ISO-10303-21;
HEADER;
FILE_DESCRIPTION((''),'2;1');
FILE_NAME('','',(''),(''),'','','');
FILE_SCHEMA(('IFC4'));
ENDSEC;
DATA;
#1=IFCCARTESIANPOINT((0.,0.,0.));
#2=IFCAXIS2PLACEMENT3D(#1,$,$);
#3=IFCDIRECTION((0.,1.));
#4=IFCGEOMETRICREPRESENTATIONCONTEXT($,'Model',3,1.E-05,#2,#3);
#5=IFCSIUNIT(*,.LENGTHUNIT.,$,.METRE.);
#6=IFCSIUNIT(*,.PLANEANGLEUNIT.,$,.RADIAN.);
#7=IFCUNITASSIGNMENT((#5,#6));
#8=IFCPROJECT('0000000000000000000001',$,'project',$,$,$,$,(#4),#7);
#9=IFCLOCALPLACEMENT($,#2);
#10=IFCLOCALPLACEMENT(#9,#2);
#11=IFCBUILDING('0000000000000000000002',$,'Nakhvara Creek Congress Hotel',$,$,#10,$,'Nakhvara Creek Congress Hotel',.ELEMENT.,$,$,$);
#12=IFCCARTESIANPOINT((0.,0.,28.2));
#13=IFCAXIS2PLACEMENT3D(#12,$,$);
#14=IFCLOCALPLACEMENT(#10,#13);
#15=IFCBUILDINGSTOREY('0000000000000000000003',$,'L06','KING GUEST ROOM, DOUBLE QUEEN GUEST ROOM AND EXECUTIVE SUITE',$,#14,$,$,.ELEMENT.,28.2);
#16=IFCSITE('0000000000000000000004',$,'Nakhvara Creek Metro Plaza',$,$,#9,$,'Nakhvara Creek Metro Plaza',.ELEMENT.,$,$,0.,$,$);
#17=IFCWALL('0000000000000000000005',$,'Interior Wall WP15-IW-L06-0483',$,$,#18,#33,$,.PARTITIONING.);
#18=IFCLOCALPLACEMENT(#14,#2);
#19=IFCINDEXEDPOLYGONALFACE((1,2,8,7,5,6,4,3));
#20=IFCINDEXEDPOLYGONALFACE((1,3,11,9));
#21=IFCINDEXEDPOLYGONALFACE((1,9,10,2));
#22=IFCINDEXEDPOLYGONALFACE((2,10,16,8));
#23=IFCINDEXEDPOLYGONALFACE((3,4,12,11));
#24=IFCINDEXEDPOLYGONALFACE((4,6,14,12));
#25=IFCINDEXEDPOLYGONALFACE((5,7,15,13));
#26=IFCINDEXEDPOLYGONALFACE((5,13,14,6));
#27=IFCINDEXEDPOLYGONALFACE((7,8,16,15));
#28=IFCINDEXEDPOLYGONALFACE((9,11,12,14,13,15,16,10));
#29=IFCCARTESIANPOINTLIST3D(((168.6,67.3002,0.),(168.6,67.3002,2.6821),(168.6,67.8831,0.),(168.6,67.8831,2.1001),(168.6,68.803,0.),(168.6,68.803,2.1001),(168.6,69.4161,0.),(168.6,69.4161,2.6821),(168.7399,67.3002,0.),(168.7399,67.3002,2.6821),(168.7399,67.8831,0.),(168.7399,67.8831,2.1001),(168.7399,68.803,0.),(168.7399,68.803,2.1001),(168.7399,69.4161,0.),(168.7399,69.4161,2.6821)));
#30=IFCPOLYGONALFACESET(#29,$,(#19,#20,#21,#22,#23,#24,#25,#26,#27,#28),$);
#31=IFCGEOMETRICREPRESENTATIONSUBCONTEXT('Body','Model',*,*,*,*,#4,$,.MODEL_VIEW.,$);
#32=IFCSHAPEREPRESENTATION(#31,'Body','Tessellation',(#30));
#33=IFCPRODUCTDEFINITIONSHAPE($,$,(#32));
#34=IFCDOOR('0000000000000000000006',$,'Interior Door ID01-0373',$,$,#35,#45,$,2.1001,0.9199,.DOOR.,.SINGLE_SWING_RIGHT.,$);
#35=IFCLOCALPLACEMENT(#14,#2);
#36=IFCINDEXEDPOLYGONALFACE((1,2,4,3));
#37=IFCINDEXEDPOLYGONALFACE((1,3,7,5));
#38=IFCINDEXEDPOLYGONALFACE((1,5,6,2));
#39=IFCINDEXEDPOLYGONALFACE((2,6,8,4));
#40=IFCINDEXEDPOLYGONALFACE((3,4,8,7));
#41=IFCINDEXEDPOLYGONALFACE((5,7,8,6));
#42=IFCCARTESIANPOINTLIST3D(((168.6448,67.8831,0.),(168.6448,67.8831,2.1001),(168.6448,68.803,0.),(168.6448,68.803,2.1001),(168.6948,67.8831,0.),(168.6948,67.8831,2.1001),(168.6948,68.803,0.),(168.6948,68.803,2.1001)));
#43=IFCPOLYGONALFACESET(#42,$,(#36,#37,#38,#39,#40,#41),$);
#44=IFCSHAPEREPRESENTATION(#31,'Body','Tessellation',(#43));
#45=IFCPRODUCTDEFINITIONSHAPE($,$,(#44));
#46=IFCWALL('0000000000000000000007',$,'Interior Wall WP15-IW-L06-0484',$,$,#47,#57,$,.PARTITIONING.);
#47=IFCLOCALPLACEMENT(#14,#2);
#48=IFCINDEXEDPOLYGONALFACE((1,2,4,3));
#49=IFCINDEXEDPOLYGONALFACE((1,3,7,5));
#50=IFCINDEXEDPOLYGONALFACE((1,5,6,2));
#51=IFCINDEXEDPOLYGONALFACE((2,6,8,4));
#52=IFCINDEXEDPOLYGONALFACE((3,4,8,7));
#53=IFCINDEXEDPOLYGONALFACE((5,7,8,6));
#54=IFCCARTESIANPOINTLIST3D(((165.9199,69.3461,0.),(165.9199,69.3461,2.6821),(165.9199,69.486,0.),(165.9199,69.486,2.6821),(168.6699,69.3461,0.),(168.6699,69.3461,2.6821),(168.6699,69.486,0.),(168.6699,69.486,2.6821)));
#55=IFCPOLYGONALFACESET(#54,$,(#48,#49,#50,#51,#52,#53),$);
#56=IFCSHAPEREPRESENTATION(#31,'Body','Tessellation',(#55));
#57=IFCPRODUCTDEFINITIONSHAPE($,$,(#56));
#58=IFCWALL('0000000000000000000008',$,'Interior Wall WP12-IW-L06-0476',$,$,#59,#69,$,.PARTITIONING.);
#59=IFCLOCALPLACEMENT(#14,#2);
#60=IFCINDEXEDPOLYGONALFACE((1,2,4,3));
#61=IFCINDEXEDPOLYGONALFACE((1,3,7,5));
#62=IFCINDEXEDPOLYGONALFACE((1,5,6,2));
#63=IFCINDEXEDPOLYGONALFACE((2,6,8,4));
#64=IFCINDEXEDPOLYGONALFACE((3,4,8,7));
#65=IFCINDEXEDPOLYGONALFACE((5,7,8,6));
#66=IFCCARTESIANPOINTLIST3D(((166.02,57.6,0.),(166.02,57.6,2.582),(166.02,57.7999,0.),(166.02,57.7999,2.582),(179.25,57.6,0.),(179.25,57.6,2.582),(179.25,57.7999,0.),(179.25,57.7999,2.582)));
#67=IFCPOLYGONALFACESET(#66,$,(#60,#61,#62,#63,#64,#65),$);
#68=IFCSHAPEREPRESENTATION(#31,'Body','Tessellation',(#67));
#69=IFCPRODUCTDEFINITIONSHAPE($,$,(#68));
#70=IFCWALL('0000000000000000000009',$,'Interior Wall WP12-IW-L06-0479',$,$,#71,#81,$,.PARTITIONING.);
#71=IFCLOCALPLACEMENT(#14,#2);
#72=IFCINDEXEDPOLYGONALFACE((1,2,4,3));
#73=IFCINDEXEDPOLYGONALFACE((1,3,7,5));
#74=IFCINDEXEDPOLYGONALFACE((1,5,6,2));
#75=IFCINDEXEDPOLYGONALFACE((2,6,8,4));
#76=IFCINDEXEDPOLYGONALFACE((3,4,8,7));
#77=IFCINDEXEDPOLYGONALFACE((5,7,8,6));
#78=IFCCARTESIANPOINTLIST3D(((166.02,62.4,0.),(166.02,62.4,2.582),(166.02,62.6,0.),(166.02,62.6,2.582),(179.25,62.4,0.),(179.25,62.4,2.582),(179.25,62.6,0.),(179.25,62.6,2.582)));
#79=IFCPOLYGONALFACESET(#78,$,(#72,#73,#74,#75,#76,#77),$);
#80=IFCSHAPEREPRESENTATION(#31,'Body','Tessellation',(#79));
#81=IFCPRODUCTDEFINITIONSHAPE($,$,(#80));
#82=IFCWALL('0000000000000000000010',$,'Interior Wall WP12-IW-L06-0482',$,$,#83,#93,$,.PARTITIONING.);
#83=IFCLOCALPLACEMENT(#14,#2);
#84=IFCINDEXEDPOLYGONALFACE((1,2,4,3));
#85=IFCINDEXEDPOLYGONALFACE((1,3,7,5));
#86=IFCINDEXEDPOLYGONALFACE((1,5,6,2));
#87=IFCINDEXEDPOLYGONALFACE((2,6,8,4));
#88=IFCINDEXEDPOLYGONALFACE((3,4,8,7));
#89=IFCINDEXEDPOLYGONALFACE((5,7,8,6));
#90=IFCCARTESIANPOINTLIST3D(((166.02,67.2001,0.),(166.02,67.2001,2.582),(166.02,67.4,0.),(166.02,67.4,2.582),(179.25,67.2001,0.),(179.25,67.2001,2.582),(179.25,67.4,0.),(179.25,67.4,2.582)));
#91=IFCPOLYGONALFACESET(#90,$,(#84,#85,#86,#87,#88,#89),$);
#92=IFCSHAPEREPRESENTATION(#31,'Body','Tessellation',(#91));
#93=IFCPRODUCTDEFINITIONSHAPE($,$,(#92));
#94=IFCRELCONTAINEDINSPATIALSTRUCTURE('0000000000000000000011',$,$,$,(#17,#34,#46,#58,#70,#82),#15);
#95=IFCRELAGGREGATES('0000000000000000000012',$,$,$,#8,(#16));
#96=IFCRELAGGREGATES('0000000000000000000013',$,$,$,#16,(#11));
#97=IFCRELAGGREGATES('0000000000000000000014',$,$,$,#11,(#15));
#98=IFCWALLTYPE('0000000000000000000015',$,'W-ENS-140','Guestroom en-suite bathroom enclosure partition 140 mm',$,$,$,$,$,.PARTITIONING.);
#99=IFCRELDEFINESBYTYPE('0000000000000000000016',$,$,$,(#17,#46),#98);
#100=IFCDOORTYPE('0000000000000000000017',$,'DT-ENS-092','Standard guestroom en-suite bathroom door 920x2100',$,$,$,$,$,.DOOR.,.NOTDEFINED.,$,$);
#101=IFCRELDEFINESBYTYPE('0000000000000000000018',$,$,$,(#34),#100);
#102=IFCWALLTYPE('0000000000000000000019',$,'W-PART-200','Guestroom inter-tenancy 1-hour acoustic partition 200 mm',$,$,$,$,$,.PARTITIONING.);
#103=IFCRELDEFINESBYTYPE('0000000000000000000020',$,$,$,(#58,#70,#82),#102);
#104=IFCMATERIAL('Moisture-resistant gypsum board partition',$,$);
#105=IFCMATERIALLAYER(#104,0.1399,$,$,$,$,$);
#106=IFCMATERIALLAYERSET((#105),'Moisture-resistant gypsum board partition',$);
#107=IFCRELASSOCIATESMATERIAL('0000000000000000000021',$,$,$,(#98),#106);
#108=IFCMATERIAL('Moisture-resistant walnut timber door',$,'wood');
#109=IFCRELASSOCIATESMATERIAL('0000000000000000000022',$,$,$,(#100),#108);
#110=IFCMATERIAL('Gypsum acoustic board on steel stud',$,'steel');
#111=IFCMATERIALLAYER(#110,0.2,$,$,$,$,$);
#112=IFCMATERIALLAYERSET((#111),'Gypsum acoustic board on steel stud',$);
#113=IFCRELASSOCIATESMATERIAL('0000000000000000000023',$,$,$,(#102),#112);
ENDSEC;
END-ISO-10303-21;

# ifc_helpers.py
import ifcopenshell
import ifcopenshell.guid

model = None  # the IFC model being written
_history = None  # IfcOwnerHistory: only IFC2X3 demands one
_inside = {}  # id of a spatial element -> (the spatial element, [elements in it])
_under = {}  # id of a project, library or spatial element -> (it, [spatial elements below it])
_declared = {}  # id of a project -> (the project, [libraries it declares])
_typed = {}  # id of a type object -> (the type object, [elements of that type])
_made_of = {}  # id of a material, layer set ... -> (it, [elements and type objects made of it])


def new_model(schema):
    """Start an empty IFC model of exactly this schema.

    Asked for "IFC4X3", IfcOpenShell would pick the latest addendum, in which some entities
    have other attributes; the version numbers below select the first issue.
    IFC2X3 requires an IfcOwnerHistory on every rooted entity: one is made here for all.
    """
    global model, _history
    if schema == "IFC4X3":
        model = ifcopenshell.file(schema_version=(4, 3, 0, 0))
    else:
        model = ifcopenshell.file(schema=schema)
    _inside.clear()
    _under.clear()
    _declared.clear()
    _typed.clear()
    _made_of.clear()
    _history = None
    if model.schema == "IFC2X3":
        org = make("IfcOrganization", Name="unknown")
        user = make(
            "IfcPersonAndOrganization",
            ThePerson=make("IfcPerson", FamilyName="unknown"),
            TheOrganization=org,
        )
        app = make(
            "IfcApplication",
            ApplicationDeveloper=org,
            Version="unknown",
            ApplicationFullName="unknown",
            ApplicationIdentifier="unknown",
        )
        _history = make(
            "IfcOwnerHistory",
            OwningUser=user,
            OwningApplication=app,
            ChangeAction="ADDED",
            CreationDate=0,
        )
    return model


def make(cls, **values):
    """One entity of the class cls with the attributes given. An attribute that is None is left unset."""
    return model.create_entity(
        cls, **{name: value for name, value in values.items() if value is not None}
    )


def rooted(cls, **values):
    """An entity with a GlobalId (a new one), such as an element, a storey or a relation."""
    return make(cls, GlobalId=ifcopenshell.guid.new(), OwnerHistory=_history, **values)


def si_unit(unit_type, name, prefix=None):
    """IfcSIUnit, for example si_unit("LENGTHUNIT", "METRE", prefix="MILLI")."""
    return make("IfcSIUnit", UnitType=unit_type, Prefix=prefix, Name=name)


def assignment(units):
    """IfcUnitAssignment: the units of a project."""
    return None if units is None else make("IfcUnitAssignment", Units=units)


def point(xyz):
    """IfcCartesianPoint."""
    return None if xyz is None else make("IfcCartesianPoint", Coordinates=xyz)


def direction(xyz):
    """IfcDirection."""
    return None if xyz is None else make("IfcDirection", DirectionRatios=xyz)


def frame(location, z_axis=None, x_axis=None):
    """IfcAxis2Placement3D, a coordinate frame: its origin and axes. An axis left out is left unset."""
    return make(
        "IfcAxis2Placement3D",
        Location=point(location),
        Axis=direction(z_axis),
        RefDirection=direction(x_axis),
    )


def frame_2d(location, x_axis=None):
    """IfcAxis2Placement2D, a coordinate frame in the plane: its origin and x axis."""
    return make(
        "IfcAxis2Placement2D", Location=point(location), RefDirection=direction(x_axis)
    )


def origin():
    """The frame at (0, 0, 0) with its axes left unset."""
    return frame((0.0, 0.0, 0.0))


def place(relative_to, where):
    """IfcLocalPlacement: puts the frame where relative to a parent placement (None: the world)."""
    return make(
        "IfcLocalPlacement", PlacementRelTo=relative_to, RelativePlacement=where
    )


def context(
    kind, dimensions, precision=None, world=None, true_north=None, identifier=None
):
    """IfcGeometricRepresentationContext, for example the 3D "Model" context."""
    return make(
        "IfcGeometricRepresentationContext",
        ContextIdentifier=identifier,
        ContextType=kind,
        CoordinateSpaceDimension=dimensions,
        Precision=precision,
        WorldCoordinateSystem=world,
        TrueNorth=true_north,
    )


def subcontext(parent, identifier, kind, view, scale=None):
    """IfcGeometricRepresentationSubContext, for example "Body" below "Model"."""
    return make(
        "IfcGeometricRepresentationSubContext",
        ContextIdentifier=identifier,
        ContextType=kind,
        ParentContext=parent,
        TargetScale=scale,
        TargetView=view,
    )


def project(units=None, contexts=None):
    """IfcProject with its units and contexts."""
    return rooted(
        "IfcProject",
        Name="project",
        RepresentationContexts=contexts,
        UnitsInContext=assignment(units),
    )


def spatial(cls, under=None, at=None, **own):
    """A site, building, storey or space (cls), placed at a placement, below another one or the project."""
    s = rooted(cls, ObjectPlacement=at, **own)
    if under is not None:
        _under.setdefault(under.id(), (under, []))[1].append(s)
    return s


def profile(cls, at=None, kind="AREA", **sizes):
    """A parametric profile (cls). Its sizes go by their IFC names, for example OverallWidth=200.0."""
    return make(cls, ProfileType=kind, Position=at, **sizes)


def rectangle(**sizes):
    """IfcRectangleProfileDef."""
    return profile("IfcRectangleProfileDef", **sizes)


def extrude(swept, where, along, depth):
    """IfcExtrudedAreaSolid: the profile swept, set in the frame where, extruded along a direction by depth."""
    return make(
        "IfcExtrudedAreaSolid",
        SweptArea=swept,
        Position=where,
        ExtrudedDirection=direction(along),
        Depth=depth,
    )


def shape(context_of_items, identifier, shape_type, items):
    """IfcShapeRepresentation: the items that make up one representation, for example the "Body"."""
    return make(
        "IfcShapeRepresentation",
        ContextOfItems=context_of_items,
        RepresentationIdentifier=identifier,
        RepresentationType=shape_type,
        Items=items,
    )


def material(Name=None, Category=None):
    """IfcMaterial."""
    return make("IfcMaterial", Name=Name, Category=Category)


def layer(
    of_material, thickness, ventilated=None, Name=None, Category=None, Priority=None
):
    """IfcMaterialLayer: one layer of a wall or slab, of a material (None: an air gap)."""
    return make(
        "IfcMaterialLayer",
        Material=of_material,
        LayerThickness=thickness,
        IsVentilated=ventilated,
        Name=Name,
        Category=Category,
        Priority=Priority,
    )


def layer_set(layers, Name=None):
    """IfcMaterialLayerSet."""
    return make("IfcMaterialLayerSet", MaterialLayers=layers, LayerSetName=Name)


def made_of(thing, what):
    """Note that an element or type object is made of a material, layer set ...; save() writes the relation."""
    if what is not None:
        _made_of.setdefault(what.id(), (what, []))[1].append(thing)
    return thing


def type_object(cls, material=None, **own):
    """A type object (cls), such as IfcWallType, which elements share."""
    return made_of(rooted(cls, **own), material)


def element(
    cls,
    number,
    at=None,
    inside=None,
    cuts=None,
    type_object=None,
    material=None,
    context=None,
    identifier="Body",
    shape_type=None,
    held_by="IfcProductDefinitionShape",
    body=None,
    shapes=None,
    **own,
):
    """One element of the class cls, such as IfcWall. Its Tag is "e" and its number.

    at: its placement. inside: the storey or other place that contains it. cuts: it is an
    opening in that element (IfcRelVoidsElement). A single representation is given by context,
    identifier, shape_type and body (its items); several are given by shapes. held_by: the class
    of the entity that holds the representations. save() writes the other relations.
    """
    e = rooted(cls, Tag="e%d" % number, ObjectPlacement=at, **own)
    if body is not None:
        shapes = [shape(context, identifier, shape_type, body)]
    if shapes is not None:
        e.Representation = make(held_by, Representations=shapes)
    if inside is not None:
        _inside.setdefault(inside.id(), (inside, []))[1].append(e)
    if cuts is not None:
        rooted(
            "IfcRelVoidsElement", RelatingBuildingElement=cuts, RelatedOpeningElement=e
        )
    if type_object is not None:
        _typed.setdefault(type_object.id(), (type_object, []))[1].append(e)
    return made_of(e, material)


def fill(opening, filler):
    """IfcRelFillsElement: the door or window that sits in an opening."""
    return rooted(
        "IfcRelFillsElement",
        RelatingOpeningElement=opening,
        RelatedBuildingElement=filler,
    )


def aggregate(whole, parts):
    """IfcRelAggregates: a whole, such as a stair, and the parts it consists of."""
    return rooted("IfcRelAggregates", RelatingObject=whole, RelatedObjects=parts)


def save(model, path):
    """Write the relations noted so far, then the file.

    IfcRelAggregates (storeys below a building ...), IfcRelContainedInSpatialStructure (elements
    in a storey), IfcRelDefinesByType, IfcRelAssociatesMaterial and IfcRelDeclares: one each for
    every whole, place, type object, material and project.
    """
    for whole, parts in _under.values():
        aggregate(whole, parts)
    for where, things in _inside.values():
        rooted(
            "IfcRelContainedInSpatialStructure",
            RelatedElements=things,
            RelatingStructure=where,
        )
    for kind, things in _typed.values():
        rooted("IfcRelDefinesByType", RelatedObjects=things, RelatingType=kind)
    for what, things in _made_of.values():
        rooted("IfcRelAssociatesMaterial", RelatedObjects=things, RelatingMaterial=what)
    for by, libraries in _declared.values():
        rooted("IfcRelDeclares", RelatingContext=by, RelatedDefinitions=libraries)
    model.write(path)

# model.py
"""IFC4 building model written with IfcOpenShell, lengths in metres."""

from ifc_helpers import new_model, si_unit, direction, frame, frame_2d, origin, place, context, subcontext, project, spatial, rectangle, extrude, material, layer, layer_set, type_object, element, fill, save


model = new_model("IFC4")

# Units and contexts
model_context = context("Model", 3, precision=1e-05, world=origin(), true_north=direction((0.0, 1.0)))
body_context = subcontext(model_context, "Body", "Model", "MODEL_VIEW")
ifc_project = project(units=[si_unit("LENGTHUNIT", "METRE"), si_unit("PLANEANGLEUNIT", "RADIAN")], contexts=[model_context])

# Site, building, storey
site_placement = place(None, origin())
site = spatial("IfcSite", under=ifc_project, at=site_placement, Name="Nakhvara Creek Metro Plaza", LongName="Nakhvara Creek Metro Plaza", CompositionType="ELEMENT", RefElevation=0.0)
building_placement = place(site_placement, origin())
building = spatial("IfcBuilding", under=site, at=building_placement, Name="Nakhvara Creek Congress Hotel", LongName="Nakhvara Creek Congress Hotel", CompositionType="ELEMENT")
storey_placement = place(building_placement, frame((0.0, 0.0, 28.2)))
storey = spatial("IfcBuildingStorey", under=building, at=storey_placement, Name="L06", Description="KING GUEST ROOM, DOUBLE QUEEN GUEST ROOM AND EXECUTIVE SUITE", CompositionType="ELEMENT", Elevation=28.2)

# Shared definitions
ifc_material_1 = material(Name="Moisture-resistant gypsum board partition")
ifc_layer_1 = layer(ifc_material_1, 0.1399)
ifc_layer_set_1 = layer_set([ifc_layer_1], Name="Moisture-resistant gypsum board partition")
wall_type_1 = type_object("IfcWallType", Name="W-ENS-140", Description="Guestroom en-suite bathroom enclosure partition 140 mm", PredefinedType="PARTITIONING", material=ifc_layer_set_1)
ifc_material_2 = material(Name="Moisture-resistant walnut timber door", Category="wood")

# Wall, opening, door
wall_1_placement = place(storey_placement, frame((168.6699, 67.3, 0.0), z_axis=(0.0, 0.0, 1.0), x_axis=(0.0, 1.0, 0.0)))
wall_1 = element("IfcWall", 1, at=wall_1_placement, inside=storey, type_object=wall_type_1, Name="Interior Wall WP15-IW-L06-0483", PredefinedType="PARTITIONING", context=body_context, shape_type="SweptSolid", body=[
    extrude(rectangle(XDim=2.116, YDim=0.1399, at=frame_2d((1.0581, 0.0))), origin(), (0.0, 0.0, 1.0), 2.6821),
])
opening_1_placement = place(wall_1_placement, frame((0.583, 0.0, 0.0)))
opening_1 = element("IfcOpeningElement", 2, at=opening_1_placement, cuts=wall_1, PredefinedType="OPENING", context=body_context, shape_type="SweptSolid", body=[
    extrude(rectangle(XDim=0.9199, YDim=2.1001, at=frame_2d((0.46, 1.05))), frame((0.0, 0.082, 0.0), z_axis=(0.0, -1.0, 0.0), x_axis=(1.0, 0.0, 0.0)), (0.0, 0.0, 1.0), 0.1638),
])
door_type_1 = type_object("IfcDoorType", Name="DT-ENS-092", Description="Standard guestroom en-suite bathroom door 920x2100", OperationType="NOTDEFINED", PredefinedType="DOOR", material=ifc_material_2)
door_1_placement = place(opening_1_placement, frame((0.9199, 0.0, 0.0), z_axis=(0.0, 0.0, 1.0), x_axis=(-1.0, 0.0, 0.0)))
door_1 = element("IfcDoor", 3, at=door_1_placement, inside=storey, type_object=door_type_1, Name="Interior Door ID01-0373", OperationType="SINGLE_SWING_RIGHT", OverallHeight=2.1001, OverallWidth=0.9199, PredefinedType="DOOR", context=body_context, shape_type="SweptSolid", body=[
    extrude(rectangle(XDim=0.9199, YDim=2.1001, at=frame_2d((0.46, 1.05))), frame((0.0, 0.0249, 0.0), z_axis=(0.0, -1.0, 0.0), x_axis=(1.0, 0.0, 0.0)), (0.0, 0.0, 1.0), 0.05),
])
fill(opening_1, door_1)

# Walls
wall_2_placement = place(storey_placement, frame((165.9199, 69.416, 0.0), z_axis=(0.0, 0.0, 1.0), x_axis=(1.0, 0.0, 0.0)))
element("IfcWall", 4, at=wall_2_placement, inside=storey, type_object=wall_type_1, Name="Interior Wall WP15-IW-L06-0484", PredefinedType="PARTITIONING", context=body_context, shape_type="SweptSolid", body=[
    extrude(rectangle(XDim=2.75, YDim=0.1399, at=frame_2d((1.375, 0.0))), origin(), (0.0, 0.0, 1.0), 2.6821),
])
ifc_material_3 = material(Name="Gypsum acoustic board on steel stud", Category="steel")
ifc_layer_2 = layer(ifc_material_3, 0.2)
ifc_layer_set_2 = layer_set([ifc_layer_2], Name="Gypsum acoustic board on steel stud")
wall_type_2 = type_object("IfcWallType", Name="W-PART-200", Description="Guestroom inter-tenancy 1-hour acoustic partition 200 mm", PredefinedType="PARTITIONING", material=ifc_layer_set_2)
for number, where, z_axis, x_axis, name in (
    (5, (166.02, 57.7, 0.0), (0.0, 0.0, 1.0), (1.0, 0.0, 0.0), "Interior Wall WP12-IW-L06-0476"),
    (6, (166.02, 62.5, 0.0), (0.0, 0.0, 1.0), (1.0, 0.0, 0.0), "Interior Wall WP12-IW-L06-0479"),
    (7, (166.02, 67.3, 0.0), (0.0, 0.0, 1.0), (1.0, 0.0, 0.0), "Interior Wall WP12-IW-L06-0482"),
):
    element("IfcWall", number, at=place(storey_placement, frame(where, z_axis=z_axis, x_axis=x_axis)), inside=storey, type_object=wall_type_2, Name=name, PredefinedType="PARTITIONING", context=body_context, shape_type="SweptSolid", body=[
        extrude(rectangle(XDim=13.23, YDim=0.2, at=frame_2d((6.615, 0.0))), origin(), (0.0, 0.0, 1.0), 2.582),
    ])

save(model, "model.ifc")
